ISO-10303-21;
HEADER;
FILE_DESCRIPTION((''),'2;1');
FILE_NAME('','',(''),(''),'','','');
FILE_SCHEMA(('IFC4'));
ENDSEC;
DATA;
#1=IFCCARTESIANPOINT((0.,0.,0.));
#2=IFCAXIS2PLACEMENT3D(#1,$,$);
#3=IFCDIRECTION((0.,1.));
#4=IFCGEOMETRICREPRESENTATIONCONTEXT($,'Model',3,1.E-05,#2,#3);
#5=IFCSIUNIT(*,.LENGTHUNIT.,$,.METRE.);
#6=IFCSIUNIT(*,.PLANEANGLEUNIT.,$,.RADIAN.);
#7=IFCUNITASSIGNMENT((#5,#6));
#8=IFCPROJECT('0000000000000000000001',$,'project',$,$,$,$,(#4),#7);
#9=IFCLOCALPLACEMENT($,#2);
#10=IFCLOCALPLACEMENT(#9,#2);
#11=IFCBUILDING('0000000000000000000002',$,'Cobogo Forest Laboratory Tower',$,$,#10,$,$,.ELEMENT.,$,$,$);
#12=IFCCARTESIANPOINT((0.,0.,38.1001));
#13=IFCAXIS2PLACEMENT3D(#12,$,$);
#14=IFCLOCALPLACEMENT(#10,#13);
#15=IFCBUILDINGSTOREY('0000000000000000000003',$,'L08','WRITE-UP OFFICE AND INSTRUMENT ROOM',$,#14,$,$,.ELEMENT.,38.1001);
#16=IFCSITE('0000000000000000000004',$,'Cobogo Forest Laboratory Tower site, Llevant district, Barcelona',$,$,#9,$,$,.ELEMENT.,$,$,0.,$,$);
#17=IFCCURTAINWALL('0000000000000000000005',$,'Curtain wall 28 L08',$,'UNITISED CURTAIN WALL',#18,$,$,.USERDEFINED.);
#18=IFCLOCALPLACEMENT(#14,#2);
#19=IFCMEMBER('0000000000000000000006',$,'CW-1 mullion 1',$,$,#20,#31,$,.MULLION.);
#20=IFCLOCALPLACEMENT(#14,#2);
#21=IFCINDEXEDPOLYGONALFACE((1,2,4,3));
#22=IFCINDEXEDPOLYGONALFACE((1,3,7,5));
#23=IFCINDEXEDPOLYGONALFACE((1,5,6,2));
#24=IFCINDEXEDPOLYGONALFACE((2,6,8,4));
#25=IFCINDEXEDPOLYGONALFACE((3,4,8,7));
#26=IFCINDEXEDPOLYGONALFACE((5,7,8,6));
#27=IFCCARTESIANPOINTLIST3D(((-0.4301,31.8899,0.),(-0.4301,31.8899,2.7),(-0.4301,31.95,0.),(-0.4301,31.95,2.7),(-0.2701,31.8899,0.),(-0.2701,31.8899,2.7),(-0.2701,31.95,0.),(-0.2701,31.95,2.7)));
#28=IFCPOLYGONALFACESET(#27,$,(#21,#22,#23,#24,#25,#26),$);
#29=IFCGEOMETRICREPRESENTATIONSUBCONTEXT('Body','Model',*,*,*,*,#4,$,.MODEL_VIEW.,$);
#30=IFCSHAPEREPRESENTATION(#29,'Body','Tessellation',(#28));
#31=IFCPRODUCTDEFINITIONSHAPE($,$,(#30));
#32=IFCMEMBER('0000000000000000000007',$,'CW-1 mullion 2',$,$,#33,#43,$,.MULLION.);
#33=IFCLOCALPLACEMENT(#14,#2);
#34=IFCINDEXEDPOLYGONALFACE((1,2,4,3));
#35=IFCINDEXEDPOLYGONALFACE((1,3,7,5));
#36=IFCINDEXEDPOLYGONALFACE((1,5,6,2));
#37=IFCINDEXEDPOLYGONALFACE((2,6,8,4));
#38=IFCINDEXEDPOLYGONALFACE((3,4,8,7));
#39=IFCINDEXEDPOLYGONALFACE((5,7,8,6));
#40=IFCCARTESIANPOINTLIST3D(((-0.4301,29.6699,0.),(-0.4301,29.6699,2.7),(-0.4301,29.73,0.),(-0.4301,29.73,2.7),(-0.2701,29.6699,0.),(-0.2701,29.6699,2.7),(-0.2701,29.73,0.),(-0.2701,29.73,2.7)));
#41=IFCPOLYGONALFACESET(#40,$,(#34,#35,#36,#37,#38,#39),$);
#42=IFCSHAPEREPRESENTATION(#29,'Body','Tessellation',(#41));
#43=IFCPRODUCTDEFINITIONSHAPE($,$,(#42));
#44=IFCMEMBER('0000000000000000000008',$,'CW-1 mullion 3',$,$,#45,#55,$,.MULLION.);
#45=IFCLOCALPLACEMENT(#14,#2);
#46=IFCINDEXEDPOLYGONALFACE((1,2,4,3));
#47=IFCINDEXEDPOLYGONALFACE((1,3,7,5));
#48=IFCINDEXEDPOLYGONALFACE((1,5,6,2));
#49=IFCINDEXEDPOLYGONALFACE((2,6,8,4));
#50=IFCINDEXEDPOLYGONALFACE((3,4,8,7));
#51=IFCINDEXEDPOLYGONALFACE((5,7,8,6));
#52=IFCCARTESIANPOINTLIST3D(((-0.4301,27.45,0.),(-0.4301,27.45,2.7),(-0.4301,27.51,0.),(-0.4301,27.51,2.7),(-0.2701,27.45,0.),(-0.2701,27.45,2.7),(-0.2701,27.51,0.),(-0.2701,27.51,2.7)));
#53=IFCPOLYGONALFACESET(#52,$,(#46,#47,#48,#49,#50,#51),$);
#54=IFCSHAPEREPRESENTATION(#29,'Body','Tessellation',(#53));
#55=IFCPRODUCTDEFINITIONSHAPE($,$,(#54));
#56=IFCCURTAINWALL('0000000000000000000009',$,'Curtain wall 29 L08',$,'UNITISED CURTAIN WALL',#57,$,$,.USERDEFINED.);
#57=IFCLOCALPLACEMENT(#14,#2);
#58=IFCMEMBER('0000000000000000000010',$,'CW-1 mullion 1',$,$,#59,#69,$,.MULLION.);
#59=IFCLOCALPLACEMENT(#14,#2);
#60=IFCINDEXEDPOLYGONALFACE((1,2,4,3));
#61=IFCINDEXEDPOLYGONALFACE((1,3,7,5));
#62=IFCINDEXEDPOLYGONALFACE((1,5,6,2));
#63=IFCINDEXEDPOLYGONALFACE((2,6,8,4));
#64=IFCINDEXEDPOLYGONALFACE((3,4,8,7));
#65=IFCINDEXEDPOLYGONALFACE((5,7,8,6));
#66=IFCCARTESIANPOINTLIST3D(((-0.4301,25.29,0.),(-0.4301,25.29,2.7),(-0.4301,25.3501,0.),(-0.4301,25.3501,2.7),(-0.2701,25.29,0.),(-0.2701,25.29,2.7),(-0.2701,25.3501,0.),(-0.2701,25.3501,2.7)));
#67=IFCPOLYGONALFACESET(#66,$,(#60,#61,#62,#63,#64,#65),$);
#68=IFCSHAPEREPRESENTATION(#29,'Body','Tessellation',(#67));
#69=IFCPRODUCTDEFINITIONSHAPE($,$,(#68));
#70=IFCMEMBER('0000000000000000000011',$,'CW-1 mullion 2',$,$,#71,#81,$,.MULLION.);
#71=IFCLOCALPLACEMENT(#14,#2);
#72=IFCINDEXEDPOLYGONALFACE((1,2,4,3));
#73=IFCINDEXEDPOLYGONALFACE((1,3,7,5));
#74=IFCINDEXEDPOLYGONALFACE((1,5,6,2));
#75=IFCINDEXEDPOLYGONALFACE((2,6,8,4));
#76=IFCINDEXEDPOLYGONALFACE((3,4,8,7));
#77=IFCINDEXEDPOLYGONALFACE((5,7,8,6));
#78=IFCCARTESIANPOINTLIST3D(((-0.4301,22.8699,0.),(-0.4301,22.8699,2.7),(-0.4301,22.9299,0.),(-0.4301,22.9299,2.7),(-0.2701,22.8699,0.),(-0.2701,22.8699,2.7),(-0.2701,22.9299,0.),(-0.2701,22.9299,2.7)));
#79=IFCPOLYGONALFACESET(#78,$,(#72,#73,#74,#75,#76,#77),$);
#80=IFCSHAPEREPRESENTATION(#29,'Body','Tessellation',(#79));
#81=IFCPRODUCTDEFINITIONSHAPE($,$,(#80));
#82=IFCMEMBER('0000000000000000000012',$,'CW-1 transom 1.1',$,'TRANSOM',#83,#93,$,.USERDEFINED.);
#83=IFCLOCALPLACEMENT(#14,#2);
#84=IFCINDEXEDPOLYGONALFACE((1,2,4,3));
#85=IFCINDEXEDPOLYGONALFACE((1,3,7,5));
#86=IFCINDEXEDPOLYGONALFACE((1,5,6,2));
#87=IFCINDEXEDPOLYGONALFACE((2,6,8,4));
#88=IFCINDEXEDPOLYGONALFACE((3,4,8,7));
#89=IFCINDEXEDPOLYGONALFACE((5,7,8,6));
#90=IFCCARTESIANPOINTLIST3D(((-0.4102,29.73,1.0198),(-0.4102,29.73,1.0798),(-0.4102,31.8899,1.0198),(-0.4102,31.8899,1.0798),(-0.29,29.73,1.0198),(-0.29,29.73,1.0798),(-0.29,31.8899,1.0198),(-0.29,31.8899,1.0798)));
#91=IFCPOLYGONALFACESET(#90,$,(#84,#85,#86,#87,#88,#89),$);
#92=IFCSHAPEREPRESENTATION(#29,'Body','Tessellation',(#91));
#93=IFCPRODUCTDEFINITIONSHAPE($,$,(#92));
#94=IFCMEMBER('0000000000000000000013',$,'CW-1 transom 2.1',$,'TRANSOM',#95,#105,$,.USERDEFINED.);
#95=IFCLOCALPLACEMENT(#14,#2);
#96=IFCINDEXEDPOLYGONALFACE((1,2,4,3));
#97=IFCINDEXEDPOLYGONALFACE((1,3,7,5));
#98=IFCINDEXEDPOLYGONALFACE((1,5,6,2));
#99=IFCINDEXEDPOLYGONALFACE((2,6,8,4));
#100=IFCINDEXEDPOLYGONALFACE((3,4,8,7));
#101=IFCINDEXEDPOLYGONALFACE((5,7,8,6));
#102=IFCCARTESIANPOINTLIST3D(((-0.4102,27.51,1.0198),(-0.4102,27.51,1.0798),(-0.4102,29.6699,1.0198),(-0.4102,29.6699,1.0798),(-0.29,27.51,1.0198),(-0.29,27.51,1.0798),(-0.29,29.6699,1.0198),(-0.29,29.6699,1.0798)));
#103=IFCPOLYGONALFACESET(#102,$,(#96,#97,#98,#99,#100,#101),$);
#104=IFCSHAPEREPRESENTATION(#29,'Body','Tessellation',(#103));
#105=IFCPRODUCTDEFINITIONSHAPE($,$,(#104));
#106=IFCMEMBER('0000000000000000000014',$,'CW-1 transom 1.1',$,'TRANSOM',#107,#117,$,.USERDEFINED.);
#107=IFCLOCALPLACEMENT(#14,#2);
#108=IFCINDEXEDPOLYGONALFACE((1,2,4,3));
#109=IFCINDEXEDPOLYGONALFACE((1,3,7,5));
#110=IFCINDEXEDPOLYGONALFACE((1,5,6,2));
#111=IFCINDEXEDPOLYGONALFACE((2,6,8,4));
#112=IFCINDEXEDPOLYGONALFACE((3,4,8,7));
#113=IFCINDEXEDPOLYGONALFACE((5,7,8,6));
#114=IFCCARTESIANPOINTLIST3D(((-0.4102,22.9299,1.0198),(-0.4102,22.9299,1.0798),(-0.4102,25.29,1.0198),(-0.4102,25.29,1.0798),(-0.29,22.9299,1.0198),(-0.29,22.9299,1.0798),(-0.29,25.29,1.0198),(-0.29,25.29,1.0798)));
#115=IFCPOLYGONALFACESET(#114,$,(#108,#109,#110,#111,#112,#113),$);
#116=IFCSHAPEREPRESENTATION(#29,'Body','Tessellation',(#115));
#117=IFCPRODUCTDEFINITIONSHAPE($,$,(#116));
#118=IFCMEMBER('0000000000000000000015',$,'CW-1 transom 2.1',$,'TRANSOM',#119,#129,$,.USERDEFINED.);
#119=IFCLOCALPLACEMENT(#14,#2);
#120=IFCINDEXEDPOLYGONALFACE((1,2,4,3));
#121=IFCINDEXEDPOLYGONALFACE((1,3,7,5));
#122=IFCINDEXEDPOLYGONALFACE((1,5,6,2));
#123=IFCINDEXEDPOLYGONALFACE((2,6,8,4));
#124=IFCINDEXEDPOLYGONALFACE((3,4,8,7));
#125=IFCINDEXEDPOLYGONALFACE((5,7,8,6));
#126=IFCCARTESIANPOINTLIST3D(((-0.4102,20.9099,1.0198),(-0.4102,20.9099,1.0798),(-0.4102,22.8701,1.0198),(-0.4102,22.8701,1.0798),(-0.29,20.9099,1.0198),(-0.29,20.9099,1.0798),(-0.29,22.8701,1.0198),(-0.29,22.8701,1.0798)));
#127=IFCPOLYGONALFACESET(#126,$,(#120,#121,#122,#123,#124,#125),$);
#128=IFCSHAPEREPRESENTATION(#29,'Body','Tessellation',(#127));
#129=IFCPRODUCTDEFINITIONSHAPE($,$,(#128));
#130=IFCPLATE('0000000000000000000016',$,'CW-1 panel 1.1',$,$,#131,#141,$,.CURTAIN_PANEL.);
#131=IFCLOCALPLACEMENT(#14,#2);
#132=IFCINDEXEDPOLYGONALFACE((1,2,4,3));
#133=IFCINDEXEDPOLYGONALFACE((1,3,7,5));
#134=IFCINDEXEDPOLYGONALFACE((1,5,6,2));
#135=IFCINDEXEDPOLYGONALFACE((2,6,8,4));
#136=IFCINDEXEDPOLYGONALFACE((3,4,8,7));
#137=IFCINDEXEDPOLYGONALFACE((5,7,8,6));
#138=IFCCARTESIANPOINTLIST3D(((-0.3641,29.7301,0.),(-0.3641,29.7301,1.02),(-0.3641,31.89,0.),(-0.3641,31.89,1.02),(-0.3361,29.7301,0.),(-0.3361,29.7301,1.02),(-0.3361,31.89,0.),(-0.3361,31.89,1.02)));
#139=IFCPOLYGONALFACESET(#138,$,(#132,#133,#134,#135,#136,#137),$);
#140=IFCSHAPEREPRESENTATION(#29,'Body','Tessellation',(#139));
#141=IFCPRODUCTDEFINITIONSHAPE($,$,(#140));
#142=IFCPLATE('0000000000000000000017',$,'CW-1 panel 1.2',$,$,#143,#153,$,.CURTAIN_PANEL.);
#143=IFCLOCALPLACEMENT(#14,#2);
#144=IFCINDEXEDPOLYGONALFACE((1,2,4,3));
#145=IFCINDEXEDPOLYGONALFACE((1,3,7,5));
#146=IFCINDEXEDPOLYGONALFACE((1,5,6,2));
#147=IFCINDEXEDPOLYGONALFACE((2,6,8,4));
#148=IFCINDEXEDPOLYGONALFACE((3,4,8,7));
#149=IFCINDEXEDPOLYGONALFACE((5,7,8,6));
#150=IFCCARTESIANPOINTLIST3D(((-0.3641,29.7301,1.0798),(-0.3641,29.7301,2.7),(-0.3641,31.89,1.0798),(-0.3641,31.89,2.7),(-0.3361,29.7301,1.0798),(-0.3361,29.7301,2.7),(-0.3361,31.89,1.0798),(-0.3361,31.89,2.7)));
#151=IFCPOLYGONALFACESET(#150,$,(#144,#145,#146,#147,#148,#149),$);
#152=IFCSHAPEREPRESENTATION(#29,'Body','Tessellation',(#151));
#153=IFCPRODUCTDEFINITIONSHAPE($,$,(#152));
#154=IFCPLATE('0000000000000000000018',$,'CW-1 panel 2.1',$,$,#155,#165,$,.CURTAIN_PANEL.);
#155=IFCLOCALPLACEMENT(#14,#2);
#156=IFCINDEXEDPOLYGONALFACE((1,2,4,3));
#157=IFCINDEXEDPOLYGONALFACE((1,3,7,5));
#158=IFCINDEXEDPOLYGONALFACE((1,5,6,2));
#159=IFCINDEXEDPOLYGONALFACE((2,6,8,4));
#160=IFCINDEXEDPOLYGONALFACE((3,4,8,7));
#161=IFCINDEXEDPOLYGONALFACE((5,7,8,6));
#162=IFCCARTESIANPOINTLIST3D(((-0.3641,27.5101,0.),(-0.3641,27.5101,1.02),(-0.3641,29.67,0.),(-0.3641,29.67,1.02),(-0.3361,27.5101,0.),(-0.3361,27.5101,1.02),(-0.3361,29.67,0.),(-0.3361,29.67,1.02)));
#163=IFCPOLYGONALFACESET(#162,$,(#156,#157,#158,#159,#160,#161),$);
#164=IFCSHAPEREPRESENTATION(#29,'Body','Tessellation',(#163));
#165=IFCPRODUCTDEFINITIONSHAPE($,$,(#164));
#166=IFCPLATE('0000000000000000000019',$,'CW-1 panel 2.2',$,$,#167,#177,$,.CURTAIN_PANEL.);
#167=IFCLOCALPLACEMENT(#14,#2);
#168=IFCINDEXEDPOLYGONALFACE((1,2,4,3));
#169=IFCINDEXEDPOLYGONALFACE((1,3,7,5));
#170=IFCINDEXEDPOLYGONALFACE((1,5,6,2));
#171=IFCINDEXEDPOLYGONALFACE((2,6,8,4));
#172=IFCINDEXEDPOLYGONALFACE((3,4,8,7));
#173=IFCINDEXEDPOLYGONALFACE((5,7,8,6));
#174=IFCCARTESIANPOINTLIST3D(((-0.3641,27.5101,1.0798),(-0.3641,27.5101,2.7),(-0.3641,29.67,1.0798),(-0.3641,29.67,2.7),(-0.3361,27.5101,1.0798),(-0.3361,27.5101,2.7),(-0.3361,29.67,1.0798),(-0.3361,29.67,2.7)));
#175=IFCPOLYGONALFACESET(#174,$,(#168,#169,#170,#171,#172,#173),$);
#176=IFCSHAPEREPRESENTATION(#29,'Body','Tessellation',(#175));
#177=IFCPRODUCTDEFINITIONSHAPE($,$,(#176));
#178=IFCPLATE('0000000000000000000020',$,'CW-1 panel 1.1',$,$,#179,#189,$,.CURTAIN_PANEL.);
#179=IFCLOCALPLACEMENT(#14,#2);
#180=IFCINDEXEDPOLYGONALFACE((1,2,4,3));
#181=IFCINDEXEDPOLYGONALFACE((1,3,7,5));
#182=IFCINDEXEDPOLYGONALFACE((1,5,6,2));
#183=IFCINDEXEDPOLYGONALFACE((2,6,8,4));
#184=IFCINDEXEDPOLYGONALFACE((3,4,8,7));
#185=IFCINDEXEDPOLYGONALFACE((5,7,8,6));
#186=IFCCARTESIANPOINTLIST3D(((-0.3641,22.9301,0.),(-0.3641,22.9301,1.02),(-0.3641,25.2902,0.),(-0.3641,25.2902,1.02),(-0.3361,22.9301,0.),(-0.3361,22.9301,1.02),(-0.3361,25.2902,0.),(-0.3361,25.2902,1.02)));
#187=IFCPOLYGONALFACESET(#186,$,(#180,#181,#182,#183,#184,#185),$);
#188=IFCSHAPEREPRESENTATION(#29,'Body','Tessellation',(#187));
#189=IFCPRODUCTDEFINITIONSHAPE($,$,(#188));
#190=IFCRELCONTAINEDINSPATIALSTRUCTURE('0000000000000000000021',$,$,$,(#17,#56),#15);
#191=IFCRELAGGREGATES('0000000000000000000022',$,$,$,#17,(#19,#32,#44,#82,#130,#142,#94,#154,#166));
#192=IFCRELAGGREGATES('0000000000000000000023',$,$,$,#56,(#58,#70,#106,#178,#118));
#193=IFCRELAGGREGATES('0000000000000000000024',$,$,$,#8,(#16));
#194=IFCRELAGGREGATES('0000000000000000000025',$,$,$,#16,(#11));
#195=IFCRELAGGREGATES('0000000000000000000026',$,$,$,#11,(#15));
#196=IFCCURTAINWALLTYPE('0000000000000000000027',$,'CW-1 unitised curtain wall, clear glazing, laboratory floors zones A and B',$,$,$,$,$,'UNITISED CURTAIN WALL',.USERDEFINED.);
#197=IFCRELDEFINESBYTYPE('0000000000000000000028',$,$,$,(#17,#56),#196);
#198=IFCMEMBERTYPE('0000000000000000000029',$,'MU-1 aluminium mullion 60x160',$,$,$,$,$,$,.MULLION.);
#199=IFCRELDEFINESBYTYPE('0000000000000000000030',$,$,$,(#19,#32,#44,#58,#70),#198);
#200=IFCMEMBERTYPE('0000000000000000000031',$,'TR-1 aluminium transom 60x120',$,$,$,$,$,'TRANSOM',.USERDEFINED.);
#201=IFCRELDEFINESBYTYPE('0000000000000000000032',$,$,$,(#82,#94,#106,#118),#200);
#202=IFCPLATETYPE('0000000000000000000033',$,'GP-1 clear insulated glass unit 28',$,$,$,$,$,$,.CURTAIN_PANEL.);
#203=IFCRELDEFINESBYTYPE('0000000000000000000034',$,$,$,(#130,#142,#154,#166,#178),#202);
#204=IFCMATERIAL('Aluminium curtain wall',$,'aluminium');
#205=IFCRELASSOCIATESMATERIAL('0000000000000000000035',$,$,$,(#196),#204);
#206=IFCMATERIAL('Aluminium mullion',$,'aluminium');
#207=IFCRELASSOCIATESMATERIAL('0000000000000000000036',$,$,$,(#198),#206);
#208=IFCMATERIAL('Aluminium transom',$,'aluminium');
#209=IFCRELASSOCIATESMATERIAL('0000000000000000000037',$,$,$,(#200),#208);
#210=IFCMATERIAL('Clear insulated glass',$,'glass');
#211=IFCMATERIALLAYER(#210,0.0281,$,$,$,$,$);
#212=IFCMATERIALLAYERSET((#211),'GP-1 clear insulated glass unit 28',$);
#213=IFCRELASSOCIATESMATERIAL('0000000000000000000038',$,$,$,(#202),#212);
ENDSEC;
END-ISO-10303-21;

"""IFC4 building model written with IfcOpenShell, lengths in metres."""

from ifc_helpers import new_model, si_unit, direction, frame, origin, origin_2d, place, context, subcontext, project, spatial, rectangle, extrude, material, layer, layer_set, material_profile, profile_set, type_object, element, aggregate, save


model = new_model("IFC4")

# Units and contexts
model_context = context("Model", 3, precision=1e-05, world=origin(), true_north=direction((0.0, 1.0)))
body_context = subcontext(model_context, "Body", "Model", "MODEL_VIEW")
ifc_project = project(units=[si_unit("LENGTHUNIT", "METRE"), si_unit("PLANEANGLEUNIT", "RADIAN")], contexts=[model_context])

# Site, building, storey
site_placement = place(None, origin())
site = spatial("IfcSite", under=ifc_project, at=site_placement, Name="Cobogo Forest Laboratory Tower site, Llevant district, Barcelona", CompositionType="ELEMENT", RefElevation=0.0)
building_placement = place(site_placement, origin())
building = spatial("IfcBuilding", under=site, at=building_placement, Name="Cobogo Forest Laboratory Tower", CompositionType="ELEMENT")
storey_placement = place(building_placement, frame((0.0, 0.0, 38.1001)))
storey = spatial("IfcBuildingStorey", under=building, at=storey_placement, Name="L08", Description="WRITE-UP OFFICE AND INSTRUMENT ROOM", CompositionType="ELEMENT", Elevation=38.1001)

# Curtain walls, members
ifc_material_1 = material(Name="Aluminium curtain wall", Category="aluminium")
curtain_wall_type = type_object("IfcCurtainWallType", Name="CW-1 unitised curtain wall, clear glazing, laboratory floors zones A and B", ElementType="UNITISED CURTAIN WALL", PredefinedType="USERDEFINED", material=ifc_material_1)
curtain_wall_1_placement = place(storey_placement, origin())
curtain_wall_1 = element("IfcCurtainWall", 1, at=curtain_wall_1_placement, inside=storey, type_object=curtain_wall_type, Name="Curtain wall 28 L08", ObjectType="UNITISED CURTAIN WALL", PredefinedType="USERDEFINED")
ifc_material_2 = material(Name="Aluminium mullion", Category="aluminium")
ifc_material_profile_1 = material_profile(ifc_material_2, rectangle(XDim=0.0601, YDim=0.1599, at=origin_2d()), Name="AL 60x160")
ifc_profile_set_1 = profile_set([ifc_material_profile_1], Name="Aluminium mullion")
member_type_1 = type_object("IfcMemberType", Name="MU-1 aluminium mullion 60x160", PredefinedType="MULLION", material=ifc_profile_set_1)
member_1_placement = place(storey_placement, frame((-0.3501, 31.9199, 0.0), z_axis=(0.0, 0.0, 1.0), x_axis=(0.0, -1.0, 0.0)))
member_1 = element("IfcMember", 2, at=member_1_placement, type_object=member_type_1, Name="CW-1 mullion 1", PredefinedType="MULLION", context=body_context, shape_type="SweptSolid", body=[
    extrude(rectangle(XDim=0.0601, YDim=0.1599, at=origin_2d()), origin(), (0.0, 0.0, 1.0), 2.7),
])
member_2_placement = place(storey_placement, frame((-0.3501, 29.7, 0.0), z_axis=(0.0, 0.0, 1.0), x_axis=(0.0, -1.0, 0.0)))
member_2 = element("IfcMember", 3, at=member_2_placement, type_object=member_type_1, Name="CW-1 mullion 2", PredefinedType="MULLION", context=body_context, shape_type="SweptSolid", body=[
    extrude(rectangle(XDim=0.0601, YDim=0.1599, at=origin_2d()), origin(), (0.0, 0.0, 1.0), 2.7),
])
member_3_placement = place(storey_placement, frame((-0.3501, 27.48, 0.0), z_axis=(0.0, 0.0, 1.0), x_axis=(0.0, -1.0, 0.0)))
member_3 = element("IfcMember", 4, at=member_3_placement, type_object=member_type_1, Name="CW-1 mullion 3", PredefinedType="MULLION", context=body_context, shape_type="SweptSolid", body=[
    extrude(rectangle(XDim=0.0601, YDim=0.1599, at=origin_2d()), origin(), (0.0, 0.0, 1.0), 2.7),
])
curtain_wall_2_placement = place(storey_placement, origin())
curtain_wall_2 = element("IfcCurtainWall", 5, at=curtain_wall_2_placement, inside=storey, type_object=curtain_wall_type, Name="Curtain wall 29 L08", ObjectType="UNITISED CURTAIN WALL", PredefinedType="USERDEFINED")
member_4_placement = place(storey_placement, frame((-0.3501, 25.3201, 0.0), z_axis=(0.0, 0.0, 1.0), x_axis=(0.0, -1.0, 0.0)))
member_4 = element("IfcMember", 6, at=member_4_placement, type_object=member_type_1, Name="CW-1 mullion 1", PredefinedType="MULLION", context=body_context, shape_type="SweptSolid", body=[
    extrude(rectangle(XDim=0.0601, YDim=0.1599, at=origin_2d()), origin(), (0.0, 0.0, 1.0), 2.7),
])
member_5_placement = place(storey_placement, frame((-0.3501, 22.8999, 0.0), z_axis=(0.0, 0.0, 1.0), x_axis=(0.0, -1.0, 0.0)))
member_5 = element("IfcMember", 7, at=member_5_placement, type_object=member_type_1, Name="CW-1 mullion 2", PredefinedType="MULLION", context=body_context, shape_type="SweptSolid", body=[
    extrude(rectangle(XDim=0.0601, YDim=0.1599, at=origin_2d()), origin(), (0.0, 0.0, 1.0), 2.7),
])

# Members
ifc_material_3 = material(Name="Aluminium transom", Category="aluminium")
ifc_material_profile_2 = material_profile(ifc_material_3, rectangle(XDim=0.1201, YDim=0.0601, at=origin_2d()), Name="AL 60x120")
ifc_profile_set_2 = profile_set([ifc_material_profile_2], Name="Aluminium transom")
member_type_2 = type_object("IfcMemberType", Name="TR-1 aluminium transom 60x120", ElementType="TRANSOM", PredefinedType="USERDEFINED", material=ifc_profile_set_2)
member_6_placement = place(storey_placement, frame((-0.3501, 31.8899, 1.0498), z_axis=(0.0, -1.0, 0.0), x_axis=(1.0, 0.0, 0.0)))
member_6 = element("IfcMember", 8, at=member_6_placement, type_object=member_type_2, Name="CW-1 transom 1.1", ObjectType="TRANSOM", PredefinedType="USERDEFINED", context=body_context, shape_type="SweptSolid", body=[
    extrude(rectangle(XDim=0.1201, YDim=0.0601, at=origin_2d()), origin(), (0.0, 0.0, 1.0), 2.1599),
])
member_7_placement = place(storey_placement, frame((-0.3501, 29.6699, 1.0498), z_axis=(0.0, -1.0, 0.0), x_axis=(1.0, 0.0, 0.0)))
member_7 = element("IfcMember", 9, at=member_7_placement, type_object=member_type_2, Name="CW-1 transom 2.1", ObjectType="TRANSOM", PredefinedType="USERDEFINED", context=body_context, shape_type="SweptSolid", body=[
    extrude(rectangle(XDim=0.1201, YDim=0.0601, at=origin_2d()), origin(), (0.0, 0.0, 1.0), 2.1599),
])
member_8_placement = place(storey_placement, frame((-0.3501, 25.29, 1.0498), z_axis=(0.0, -1.0, 0.0), x_axis=(1.0, 0.0, 0.0)))
member_8 = element("IfcMember", 10, at=member_8_placement, type_object=member_type_2, Name="CW-1 transom 1.1", ObjectType="TRANSOM", PredefinedType="USERDEFINED", context=body_context, shape_type="SweptSolid", body=[
    extrude(rectangle(XDim=0.1201, YDim=0.0601, at=origin_2d()), origin(), (0.0, 0.0, 1.0), 2.3601),
])
member_9_placement = place(storey_placement, frame((-0.3501, 22.8701, 1.0498), z_axis=(0.0, -1.0, 0.0), x_axis=(1.0, 0.0, 0.0)))
member_9 = element("IfcMember", 11, at=member_9_placement, type_object=member_type_2, Name="CW-1 transom 2.1", ObjectType="TRANSOM", PredefinedType="USERDEFINED", context=body_context, shape_type="SweptSolid", body=[
    extrude(rectangle(XDim=0.1201, YDim=0.0601, at=origin_2d()), origin(), (0.0, 0.0, 1.0), 1.9602),
])

# Plates
ifc_material_4 = material(Name="Clear insulated glass", Category="glass")
ifc_layer_1 = layer(ifc_material_4, 0.0281)
ifc_layer_set_1 = layer_set([ifc_layer_1], Name="GP-1 clear insulated glass unit 28")
plate_type_1 = type_object("IfcPlateType", Name="GP-1 clear insulated glass unit 28", PredefinedType="CURTAIN_PANEL", material=ifc_layer_set_1)
plate_1_placement = place(storey_placement, frame((-0.3501, 30.8101, 0.0), z_axis=(0.0, 0.0, 1.0), x_axis=(0.0, -1.0, 0.0)))
plate_1 = element("IfcPlate", 12, at=plate_1_placement, type_object=plate_type_1, Name="CW-1 panel 1.1", PredefinedType="CURTAIN_PANEL", context=body_context, shape_type="SweptSolid", body=[
    extrude(rectangle(XDim=2.1599, YDim=0.0281, at=origin_2d()), origin(), (0.0, 0.0, 1.0), 1.02),
])
plate_2_placement = place(storey_placement, frame((-0.3501, 30.8101, 1.0798), z_axis=(0.0, 0.0, 1.0), x_axis=(0.0, -1.0, 0.0)))
plate_2 = element("IfcPlate", 13, at=plate_2_placement, type_object=plate_type_1, Name="CW-1 panel 1.2", PredefinedType="CURTAIN_PANEL", context=body_context, shape_type="SweptSolid", body=[
    extrude(rectangle(XDim=2.1599, YDim=0.0281, at=origin_2d()), origin(), (0.0, 0.0, 1.0), 1.6201),
])
plate_3_placement = place(storey_placement, frame((-0.3501, 28.5901, 0.0), z_axis=(0.0, 0.0, 1.0), x_axis=(0.0, -1.0, 0.0)))
plate_3 = element("IfcPlate", 14, at=plate_3_placement, type_object=plate_type_1, Name="CW-1 panel 2.1", PredefinedType="CURTAIN_PANEL", context=body_context, shape_type="SweptSolid", body=[
    extrude(rectangle(XDim=2.1599, YDim=0.0281, at=origin_2d()), origin(), (0.0, 0.0, 1.0), 1.02),
])
plate_4_placement = place(storey_placement, frame((-0.3501, 28.5901, 1.0798), z_axis=(0.0, 0.0, 1.0), x_axis=(0.0, -1.0, 0.0)))
plate_4 = element("IfcPlate", 15, at=plate_4_placement, type_object=plate_type_1, Name="CW-1 panel 2.2", PredefinedType="CURTAIN_PANEL", context=body_context, shape_type="SweptSolid", body=[
    extrude(rectangle(XDim=2.1599, YDim=0.0281, at=origin_2d()), origin(), (0.0, 0.0, 1.0), 1.6201),
])
aggregate(curtain_wall_1, [member_1, member_2, member_3, member_6, plate_1, plate_2, member_7, plate_3, plate_4])
plate_5_placement = place(storey_placement, frame((-0.3501, 24.1101, 0.0), z_axis=(0.0, 0.0, 1.0), x_axis=(0.0, -1.0, 0.0)))
plate_5 = element("IfcPlate", 16, at=plate_5_placement, type_object=plate_type_1, Name="CW-1 panel 1.1", PredefinedType="CURTAIN_PANEL", context=body_context, shape_type="SweptSolid", body=[
    extrude(rectangle(XDim=2.3601, YDim=0.0281, at=origin_2d()), origin(), (0.0, 0.0, 1.0), 1.02),
])
aggregate(curtain_wall_2, [member_4, member_5, member_8, plate_5, member_9])

save(model, "model.ifc")
